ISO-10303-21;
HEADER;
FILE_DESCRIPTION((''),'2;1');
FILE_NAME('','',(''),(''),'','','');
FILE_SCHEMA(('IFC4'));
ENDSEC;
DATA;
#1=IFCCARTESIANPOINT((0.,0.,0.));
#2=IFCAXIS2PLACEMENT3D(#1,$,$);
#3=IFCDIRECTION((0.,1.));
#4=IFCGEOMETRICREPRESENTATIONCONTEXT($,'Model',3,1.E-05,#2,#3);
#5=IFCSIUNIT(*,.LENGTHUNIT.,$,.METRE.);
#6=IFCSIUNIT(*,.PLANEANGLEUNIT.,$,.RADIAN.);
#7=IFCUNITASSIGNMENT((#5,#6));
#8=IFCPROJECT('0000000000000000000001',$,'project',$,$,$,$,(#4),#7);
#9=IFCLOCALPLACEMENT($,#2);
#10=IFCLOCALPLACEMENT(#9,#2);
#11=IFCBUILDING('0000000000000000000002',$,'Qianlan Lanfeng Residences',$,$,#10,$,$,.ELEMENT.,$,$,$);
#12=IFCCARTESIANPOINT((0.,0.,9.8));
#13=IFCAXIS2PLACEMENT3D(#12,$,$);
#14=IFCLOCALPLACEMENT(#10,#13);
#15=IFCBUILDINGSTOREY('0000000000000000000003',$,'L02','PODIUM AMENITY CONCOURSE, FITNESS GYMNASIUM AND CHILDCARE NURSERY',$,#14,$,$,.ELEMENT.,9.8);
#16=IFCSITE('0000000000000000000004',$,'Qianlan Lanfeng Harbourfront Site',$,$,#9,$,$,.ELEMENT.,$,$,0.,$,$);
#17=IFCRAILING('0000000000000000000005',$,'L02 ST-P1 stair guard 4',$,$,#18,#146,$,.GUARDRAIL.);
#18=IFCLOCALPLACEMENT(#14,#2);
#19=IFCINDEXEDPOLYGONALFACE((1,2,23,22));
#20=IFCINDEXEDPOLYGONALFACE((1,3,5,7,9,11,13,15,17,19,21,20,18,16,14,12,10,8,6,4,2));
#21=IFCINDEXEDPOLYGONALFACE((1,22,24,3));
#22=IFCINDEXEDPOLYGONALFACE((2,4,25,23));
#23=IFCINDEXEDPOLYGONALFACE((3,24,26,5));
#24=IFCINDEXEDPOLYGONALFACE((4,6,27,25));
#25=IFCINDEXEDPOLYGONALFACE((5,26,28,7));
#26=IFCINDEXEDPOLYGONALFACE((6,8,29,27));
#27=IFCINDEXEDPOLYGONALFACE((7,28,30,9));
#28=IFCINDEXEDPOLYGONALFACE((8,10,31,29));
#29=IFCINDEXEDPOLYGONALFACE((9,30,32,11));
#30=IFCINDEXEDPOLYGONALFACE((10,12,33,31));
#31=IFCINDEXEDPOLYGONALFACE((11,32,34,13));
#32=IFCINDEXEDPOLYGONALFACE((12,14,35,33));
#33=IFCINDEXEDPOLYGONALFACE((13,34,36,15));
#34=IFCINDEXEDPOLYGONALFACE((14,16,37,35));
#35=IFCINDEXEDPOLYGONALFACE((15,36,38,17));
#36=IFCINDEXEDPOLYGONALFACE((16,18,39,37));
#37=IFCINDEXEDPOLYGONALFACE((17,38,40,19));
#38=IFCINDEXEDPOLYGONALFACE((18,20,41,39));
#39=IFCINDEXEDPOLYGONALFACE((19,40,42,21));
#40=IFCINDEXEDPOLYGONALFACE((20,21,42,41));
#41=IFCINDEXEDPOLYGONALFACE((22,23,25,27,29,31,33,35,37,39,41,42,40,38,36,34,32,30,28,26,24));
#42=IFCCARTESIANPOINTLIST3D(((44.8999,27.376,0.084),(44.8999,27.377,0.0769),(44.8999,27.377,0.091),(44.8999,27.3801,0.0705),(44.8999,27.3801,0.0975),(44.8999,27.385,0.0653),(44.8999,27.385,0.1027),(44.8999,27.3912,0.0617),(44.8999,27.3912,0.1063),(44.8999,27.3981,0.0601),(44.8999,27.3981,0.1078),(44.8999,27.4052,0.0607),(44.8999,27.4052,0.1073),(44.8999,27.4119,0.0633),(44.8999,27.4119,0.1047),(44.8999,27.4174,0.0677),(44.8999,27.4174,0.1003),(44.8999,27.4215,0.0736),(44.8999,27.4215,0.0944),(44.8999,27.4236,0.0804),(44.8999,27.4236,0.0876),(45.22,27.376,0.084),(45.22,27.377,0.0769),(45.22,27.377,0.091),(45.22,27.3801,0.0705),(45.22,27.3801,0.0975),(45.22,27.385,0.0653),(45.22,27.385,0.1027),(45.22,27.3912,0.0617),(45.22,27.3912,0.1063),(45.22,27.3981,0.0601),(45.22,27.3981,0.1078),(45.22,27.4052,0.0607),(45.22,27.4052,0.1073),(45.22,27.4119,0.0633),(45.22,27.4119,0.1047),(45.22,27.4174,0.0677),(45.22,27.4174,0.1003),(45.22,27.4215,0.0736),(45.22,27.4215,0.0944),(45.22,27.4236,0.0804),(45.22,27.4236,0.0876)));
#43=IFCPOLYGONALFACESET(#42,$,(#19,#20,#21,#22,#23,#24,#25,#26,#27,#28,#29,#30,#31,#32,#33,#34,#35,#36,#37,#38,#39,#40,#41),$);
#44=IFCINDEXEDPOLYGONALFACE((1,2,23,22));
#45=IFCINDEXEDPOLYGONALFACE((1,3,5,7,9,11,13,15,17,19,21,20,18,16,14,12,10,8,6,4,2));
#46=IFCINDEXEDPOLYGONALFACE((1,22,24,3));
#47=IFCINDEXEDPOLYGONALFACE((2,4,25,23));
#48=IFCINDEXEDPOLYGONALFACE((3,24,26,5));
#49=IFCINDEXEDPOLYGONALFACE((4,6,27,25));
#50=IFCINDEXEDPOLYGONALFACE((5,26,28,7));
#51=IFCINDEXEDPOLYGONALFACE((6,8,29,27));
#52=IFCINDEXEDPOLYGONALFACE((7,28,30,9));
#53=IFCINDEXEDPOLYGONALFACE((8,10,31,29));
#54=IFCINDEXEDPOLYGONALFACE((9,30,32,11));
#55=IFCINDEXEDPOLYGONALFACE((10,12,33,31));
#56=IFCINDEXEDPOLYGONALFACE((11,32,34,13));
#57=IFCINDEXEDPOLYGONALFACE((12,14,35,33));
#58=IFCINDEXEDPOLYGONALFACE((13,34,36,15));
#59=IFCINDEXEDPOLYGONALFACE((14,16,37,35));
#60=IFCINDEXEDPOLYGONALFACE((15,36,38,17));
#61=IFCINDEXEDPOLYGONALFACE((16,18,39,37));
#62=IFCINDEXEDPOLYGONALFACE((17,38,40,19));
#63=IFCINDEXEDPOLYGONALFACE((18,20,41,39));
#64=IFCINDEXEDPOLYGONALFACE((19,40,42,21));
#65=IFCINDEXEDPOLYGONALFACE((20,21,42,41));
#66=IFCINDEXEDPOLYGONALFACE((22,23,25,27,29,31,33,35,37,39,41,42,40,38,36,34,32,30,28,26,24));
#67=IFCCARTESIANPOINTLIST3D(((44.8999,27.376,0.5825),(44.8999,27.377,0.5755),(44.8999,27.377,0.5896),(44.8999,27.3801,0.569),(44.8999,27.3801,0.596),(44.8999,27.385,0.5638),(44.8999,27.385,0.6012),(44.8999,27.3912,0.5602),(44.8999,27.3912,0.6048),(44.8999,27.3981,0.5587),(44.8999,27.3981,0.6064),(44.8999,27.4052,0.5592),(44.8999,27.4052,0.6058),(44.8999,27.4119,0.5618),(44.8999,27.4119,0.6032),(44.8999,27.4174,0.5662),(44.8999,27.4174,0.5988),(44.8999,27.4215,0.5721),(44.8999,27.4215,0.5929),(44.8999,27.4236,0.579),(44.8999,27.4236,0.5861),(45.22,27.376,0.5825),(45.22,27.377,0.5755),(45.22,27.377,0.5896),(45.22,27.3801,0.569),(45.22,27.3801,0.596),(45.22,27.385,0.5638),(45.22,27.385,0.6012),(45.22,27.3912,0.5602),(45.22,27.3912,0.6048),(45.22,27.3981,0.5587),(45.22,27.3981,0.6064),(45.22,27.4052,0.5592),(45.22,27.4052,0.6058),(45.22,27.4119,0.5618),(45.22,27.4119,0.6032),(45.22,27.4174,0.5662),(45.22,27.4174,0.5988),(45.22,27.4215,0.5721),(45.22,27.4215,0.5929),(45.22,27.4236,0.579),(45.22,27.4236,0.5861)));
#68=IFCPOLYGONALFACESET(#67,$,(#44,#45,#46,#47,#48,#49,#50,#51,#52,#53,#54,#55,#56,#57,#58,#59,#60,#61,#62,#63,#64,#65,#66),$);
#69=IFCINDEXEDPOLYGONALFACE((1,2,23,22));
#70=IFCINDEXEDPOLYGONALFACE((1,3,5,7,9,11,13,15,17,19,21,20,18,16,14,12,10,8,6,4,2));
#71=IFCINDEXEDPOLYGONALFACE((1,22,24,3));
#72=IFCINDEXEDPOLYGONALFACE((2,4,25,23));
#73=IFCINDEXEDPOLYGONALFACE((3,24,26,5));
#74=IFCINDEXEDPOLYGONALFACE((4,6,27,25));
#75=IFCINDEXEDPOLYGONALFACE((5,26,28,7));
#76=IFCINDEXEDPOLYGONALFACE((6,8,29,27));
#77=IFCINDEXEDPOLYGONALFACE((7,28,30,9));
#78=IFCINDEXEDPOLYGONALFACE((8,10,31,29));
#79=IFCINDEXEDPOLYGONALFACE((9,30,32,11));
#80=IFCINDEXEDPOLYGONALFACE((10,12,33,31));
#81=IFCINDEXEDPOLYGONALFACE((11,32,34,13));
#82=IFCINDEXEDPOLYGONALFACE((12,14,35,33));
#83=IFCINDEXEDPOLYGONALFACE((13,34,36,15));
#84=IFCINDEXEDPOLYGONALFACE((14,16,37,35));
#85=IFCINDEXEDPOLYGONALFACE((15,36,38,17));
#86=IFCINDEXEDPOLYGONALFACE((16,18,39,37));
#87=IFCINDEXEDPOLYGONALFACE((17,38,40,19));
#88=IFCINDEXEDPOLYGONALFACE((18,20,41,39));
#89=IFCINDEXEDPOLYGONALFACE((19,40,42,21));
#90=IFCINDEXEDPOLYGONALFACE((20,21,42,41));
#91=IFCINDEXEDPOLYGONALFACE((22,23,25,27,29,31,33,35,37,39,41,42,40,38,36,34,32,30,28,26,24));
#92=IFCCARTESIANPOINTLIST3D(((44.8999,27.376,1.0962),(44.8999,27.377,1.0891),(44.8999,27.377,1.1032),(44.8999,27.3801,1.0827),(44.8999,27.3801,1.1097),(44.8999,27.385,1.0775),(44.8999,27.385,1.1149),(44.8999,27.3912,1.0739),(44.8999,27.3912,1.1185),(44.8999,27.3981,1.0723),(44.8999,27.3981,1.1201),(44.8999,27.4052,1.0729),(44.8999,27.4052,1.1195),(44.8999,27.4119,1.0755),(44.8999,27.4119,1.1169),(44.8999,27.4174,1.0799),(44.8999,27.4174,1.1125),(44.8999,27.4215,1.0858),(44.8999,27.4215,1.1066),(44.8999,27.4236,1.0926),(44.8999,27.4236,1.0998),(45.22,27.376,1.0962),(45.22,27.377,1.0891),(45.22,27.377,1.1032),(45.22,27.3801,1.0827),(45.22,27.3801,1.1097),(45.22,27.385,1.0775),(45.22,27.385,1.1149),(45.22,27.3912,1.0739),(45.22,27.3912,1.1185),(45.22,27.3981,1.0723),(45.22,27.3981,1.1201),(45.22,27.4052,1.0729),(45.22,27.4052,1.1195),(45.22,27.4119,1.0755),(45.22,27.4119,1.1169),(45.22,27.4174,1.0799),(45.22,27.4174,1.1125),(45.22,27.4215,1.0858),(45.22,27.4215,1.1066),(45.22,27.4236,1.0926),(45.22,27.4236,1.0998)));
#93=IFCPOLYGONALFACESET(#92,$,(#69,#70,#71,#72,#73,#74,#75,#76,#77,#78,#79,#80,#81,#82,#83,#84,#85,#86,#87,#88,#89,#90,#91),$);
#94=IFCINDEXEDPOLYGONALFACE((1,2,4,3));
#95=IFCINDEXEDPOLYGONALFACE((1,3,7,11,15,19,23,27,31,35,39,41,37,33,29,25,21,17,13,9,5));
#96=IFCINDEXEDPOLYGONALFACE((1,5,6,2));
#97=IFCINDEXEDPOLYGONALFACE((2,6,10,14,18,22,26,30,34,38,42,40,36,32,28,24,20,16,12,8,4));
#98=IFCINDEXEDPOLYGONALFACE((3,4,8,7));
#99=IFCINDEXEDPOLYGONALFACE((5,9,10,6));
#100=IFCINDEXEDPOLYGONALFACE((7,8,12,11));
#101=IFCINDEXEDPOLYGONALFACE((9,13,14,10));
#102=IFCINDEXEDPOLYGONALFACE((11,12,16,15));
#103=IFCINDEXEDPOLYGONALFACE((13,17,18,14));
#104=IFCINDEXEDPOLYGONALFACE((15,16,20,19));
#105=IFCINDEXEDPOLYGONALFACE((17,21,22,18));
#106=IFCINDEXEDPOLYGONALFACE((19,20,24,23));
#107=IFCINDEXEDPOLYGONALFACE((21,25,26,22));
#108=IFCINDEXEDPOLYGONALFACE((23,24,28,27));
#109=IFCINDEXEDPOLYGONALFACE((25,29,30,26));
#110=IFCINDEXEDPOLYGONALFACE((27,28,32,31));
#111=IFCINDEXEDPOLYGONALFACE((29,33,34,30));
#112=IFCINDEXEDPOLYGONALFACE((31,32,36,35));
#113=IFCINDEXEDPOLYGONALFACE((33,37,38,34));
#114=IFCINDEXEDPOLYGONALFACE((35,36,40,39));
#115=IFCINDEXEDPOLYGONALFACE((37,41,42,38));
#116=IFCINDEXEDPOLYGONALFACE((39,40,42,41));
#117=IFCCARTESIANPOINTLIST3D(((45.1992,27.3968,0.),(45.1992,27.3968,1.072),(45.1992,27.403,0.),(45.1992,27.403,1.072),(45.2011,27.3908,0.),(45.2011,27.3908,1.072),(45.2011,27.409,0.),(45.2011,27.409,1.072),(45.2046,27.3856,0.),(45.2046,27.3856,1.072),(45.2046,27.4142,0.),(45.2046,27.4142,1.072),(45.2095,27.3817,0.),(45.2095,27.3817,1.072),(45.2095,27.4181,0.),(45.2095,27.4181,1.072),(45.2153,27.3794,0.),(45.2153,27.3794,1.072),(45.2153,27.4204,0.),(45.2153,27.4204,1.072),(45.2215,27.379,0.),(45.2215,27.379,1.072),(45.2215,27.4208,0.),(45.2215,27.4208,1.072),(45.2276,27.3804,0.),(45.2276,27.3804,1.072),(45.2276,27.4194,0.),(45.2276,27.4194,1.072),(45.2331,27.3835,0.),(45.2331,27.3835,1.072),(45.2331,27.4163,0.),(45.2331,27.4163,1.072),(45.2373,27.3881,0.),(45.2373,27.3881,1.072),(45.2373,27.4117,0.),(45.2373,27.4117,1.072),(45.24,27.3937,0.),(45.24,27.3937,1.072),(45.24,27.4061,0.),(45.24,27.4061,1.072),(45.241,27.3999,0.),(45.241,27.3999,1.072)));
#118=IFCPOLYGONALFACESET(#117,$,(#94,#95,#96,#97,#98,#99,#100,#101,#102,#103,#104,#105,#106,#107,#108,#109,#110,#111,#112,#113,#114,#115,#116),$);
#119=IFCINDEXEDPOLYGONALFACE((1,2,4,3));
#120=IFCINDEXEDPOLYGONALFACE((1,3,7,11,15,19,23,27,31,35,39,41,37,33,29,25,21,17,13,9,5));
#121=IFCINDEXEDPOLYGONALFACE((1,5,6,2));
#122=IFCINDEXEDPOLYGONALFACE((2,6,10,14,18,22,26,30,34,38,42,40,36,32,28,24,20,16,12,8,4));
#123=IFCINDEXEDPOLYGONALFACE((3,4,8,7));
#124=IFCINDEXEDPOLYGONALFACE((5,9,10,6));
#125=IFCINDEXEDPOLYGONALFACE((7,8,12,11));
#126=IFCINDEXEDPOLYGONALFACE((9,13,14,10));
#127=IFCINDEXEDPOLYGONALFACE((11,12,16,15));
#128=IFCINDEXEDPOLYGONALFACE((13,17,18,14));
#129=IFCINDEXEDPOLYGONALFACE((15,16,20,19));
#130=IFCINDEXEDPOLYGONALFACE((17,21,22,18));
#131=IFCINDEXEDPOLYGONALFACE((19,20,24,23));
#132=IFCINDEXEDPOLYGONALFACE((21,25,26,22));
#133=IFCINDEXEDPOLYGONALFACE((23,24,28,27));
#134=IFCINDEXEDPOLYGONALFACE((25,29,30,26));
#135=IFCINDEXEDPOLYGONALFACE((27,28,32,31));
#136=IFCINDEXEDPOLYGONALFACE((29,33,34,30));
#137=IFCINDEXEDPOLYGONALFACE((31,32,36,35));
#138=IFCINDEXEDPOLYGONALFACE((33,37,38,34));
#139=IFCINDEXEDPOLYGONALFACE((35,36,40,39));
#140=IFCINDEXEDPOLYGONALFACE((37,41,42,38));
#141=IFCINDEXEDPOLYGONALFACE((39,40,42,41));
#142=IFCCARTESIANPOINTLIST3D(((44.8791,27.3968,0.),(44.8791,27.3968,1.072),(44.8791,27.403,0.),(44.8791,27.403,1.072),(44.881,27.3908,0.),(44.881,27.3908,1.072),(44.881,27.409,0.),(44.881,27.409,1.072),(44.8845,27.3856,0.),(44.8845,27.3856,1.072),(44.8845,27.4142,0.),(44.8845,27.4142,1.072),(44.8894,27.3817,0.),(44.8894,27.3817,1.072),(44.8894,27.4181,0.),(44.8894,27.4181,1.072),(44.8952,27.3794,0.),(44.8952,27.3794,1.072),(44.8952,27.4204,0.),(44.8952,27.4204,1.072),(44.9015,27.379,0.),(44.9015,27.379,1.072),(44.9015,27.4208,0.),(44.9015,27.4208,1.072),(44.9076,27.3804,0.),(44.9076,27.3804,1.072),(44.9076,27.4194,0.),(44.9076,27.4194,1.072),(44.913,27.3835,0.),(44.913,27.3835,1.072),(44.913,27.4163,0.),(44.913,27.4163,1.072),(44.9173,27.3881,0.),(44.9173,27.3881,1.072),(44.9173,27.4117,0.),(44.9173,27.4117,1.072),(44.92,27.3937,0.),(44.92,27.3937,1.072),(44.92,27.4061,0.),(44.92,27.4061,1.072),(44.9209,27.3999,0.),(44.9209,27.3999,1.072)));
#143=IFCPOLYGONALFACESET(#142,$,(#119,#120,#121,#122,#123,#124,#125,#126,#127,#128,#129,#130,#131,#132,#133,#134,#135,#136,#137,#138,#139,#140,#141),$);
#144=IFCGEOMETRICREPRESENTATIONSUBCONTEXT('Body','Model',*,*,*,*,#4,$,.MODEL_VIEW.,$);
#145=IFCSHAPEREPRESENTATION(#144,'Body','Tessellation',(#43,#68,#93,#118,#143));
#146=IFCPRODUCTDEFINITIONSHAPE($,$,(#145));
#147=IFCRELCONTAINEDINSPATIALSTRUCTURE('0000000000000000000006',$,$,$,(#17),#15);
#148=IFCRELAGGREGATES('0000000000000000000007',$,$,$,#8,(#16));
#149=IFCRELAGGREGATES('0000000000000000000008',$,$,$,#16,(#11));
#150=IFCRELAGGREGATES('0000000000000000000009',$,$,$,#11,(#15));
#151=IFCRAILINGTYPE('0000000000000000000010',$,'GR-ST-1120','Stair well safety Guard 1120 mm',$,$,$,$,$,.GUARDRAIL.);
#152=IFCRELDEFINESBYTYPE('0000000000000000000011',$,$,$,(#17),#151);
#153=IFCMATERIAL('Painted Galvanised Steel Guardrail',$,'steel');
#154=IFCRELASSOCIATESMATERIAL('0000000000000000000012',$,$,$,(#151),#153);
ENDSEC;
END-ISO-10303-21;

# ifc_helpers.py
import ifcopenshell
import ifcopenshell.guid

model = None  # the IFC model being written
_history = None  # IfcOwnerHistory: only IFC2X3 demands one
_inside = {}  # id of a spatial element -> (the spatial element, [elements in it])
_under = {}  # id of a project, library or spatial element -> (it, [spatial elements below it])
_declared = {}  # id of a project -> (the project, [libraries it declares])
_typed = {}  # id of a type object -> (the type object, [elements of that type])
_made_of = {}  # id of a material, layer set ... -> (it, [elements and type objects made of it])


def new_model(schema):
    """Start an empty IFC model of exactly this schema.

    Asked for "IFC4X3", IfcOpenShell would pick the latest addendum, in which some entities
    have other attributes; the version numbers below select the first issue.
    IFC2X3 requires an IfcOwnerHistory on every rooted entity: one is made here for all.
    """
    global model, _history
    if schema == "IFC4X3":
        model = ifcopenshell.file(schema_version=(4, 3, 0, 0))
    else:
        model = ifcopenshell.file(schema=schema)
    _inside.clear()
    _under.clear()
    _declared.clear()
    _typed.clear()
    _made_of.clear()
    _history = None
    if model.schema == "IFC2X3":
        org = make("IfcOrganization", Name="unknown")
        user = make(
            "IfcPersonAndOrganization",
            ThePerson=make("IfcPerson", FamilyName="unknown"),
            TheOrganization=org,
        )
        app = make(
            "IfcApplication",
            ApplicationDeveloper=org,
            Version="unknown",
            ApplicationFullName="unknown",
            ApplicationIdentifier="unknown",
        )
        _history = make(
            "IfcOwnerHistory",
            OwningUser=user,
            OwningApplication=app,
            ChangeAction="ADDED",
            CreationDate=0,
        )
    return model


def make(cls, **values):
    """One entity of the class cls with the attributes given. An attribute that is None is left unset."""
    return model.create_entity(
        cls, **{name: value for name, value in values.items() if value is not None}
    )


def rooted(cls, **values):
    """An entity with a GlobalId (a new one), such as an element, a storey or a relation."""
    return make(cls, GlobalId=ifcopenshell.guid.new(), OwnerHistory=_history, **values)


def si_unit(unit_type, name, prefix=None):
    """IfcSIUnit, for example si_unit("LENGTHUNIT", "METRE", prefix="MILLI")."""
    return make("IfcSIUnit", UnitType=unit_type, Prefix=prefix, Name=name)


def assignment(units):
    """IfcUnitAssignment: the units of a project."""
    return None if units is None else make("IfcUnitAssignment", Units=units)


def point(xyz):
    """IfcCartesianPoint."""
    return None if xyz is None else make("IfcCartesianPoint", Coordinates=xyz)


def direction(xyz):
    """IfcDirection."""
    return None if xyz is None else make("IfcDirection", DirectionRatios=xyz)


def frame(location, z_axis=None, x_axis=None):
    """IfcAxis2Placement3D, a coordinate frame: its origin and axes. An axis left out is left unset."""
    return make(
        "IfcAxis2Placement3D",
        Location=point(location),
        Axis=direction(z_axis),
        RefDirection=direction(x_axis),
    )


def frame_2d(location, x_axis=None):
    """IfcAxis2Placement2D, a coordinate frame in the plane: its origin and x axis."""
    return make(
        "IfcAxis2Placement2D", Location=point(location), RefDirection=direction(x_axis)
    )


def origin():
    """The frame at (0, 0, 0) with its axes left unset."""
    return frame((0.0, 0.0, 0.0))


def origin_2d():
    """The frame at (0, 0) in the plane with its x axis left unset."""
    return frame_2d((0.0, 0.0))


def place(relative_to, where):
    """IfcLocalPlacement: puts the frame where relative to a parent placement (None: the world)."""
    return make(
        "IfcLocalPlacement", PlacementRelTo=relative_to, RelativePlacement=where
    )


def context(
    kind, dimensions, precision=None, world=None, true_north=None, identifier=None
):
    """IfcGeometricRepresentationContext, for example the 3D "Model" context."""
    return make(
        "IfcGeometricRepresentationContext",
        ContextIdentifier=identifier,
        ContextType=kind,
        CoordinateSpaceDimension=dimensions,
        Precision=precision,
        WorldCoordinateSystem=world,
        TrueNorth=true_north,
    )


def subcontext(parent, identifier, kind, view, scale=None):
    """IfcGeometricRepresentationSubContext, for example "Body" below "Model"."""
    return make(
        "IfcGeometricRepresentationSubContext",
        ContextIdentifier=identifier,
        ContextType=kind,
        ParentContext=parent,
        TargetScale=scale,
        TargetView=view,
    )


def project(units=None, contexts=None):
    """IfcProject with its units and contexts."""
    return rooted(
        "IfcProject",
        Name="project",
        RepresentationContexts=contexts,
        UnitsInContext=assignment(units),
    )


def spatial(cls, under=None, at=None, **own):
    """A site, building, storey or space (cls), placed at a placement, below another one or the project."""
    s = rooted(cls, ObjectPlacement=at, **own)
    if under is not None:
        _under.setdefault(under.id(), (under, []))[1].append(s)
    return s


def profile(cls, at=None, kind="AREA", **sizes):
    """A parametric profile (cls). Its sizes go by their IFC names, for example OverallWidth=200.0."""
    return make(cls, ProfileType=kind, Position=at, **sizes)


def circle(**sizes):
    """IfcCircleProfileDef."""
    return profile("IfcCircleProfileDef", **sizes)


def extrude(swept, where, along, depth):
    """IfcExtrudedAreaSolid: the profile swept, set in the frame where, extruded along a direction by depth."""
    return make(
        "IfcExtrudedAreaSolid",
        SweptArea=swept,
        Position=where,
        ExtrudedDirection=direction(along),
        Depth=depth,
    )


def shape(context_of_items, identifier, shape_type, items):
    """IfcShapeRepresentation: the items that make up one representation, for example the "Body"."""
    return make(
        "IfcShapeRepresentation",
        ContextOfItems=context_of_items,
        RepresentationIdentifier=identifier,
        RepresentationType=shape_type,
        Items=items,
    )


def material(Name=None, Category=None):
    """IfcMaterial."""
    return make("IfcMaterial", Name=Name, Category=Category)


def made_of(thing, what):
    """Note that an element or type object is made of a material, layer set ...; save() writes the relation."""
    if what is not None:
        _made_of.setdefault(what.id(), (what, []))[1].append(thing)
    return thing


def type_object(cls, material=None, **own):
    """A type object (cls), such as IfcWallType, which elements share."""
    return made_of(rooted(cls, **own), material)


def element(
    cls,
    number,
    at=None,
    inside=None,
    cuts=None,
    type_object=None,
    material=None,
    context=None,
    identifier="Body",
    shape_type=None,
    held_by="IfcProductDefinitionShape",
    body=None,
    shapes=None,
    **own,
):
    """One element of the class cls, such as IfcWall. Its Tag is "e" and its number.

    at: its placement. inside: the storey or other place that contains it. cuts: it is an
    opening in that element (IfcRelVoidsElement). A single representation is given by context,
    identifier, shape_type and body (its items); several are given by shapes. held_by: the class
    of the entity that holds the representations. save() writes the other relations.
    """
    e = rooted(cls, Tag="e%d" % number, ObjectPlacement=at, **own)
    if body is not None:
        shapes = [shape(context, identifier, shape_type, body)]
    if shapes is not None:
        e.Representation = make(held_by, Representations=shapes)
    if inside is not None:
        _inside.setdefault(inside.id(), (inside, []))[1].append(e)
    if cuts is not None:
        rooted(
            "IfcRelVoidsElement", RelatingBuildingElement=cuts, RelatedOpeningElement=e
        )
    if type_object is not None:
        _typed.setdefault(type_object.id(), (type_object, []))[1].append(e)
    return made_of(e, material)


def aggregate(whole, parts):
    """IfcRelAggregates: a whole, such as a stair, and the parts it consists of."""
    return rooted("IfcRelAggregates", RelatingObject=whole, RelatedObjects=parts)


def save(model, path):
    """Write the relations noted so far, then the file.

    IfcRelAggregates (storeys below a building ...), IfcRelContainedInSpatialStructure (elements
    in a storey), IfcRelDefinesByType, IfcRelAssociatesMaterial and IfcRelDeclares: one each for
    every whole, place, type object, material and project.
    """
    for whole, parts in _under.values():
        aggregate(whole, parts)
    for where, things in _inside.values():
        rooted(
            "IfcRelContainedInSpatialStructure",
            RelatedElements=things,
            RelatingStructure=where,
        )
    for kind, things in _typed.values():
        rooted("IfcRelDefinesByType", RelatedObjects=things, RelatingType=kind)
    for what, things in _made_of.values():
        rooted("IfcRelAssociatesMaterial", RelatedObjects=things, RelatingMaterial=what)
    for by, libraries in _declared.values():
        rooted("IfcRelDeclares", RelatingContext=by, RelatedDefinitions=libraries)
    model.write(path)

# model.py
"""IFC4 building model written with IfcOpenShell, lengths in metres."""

from ifc_helpers import new_model, si_unit, direction, frame, origin, origin_2d, place, context, subcontext, project, spatial, circle, extrude, material, type_object, element, save


model = new_model("IFC4")

# Units and contexts
model_context = context("Model", 3, precision=1e-05, world=origin(), true_north=direction((0.0, 1.0)))
body_context = subcontext(model_context, "Body", "Model", "MODEL_VIEW")
ifc_project = project(units=[si_unit("LENGTHUNIT", "METRE"), si_unit("PLANEANGLEUNIT", "RADIAN")], contexts=[model_context])

# Site, building, storey
site_placement = place(None, origin())
site = spatial("IfcSite", under=ifc_project, at=site_placement, Name="Qianlan Lanfeng Harbourfront Site", CompositionType="ELEMENT", RefElevation=0.0)
building_placement = place(site_placement, origin())
building = spatial("IfcBuilding", under=site, at=building_placement, Name="Qianlan Lanfeng Residences", CompositionType="ELEMENT")
storey_placement = place(building_placement, frame((0.0, 0.0, 9.8)))
storey = spatial("IfcBuildingStorey", under=building, at=storey_placement, Name="L02", Description="PODIUM AMENITY CONCOURSE, FITNESS GYMNASIUM AND CHILDCARE NURSERY", CompositionType="ELEMENT", Elevation=9.8)

# Railing
ifc_material_1 = material(Name="Painted Galvanised Steel Guardrail", Category="steel")
railing_type_1 = type_object("IfcRailingType", Name="GR-ST-1120", Description="Stair well safety Guard 1120 mm", PredefinedType="GUARDRAIL", material=ifc_material_1)
railing_1_placement = place(storey_placement, frame((45.22, 27.3999, 0.0)))
element("IfcRailing", 1, at=railing_1_placement, inside=storey, type_object=railing_type_1, Name="L02 ST-P1 stair guard 4", PredefinedType="GUARDRAIL", context=body_context, shape_type="SweptSolid", body=[
    extrude(circle(Radius=0.0239, at=origin_2d()), frame((0.0, 0.0, 0.084), z_axis=(-1.0, 0.0, 0.0), x_axis=(0.0, -1.0, 0.0)), (0.0, 0.0, 1.0), 0.3201),
    extrude(circle(Radius=0.0239, at=origin_2d()), frame((0.0, 0.0, 0.5825), z_axis=(-1.0, 0.0, 0.0), x_axis=(0.0, -1.0, 0.0)), (0.0, 0.0, 1.0), 0.3201),
    extrude(circle(Radius=0.0239, at=origin_2d()), frame((0.0, 0.0, 1.0962), z_axis=(-1.0, 0.0, 0.0), x_axis=(0.0, -1.0, 0.0)), (0.0, 0.0, 1.0), 0.3201),
    extrude(circle(Radius=0.021, at=origin_2d()), origin(), (0.0, 0.0, 1.0), 1.072),
    extrude(circle(Radius=0.021, at=origin_2d()), frame((-0.3201, 0.0, 0.0)), (0.0, 0.0, 1.0), 1.072),
])

save(model, "model.ifc")
